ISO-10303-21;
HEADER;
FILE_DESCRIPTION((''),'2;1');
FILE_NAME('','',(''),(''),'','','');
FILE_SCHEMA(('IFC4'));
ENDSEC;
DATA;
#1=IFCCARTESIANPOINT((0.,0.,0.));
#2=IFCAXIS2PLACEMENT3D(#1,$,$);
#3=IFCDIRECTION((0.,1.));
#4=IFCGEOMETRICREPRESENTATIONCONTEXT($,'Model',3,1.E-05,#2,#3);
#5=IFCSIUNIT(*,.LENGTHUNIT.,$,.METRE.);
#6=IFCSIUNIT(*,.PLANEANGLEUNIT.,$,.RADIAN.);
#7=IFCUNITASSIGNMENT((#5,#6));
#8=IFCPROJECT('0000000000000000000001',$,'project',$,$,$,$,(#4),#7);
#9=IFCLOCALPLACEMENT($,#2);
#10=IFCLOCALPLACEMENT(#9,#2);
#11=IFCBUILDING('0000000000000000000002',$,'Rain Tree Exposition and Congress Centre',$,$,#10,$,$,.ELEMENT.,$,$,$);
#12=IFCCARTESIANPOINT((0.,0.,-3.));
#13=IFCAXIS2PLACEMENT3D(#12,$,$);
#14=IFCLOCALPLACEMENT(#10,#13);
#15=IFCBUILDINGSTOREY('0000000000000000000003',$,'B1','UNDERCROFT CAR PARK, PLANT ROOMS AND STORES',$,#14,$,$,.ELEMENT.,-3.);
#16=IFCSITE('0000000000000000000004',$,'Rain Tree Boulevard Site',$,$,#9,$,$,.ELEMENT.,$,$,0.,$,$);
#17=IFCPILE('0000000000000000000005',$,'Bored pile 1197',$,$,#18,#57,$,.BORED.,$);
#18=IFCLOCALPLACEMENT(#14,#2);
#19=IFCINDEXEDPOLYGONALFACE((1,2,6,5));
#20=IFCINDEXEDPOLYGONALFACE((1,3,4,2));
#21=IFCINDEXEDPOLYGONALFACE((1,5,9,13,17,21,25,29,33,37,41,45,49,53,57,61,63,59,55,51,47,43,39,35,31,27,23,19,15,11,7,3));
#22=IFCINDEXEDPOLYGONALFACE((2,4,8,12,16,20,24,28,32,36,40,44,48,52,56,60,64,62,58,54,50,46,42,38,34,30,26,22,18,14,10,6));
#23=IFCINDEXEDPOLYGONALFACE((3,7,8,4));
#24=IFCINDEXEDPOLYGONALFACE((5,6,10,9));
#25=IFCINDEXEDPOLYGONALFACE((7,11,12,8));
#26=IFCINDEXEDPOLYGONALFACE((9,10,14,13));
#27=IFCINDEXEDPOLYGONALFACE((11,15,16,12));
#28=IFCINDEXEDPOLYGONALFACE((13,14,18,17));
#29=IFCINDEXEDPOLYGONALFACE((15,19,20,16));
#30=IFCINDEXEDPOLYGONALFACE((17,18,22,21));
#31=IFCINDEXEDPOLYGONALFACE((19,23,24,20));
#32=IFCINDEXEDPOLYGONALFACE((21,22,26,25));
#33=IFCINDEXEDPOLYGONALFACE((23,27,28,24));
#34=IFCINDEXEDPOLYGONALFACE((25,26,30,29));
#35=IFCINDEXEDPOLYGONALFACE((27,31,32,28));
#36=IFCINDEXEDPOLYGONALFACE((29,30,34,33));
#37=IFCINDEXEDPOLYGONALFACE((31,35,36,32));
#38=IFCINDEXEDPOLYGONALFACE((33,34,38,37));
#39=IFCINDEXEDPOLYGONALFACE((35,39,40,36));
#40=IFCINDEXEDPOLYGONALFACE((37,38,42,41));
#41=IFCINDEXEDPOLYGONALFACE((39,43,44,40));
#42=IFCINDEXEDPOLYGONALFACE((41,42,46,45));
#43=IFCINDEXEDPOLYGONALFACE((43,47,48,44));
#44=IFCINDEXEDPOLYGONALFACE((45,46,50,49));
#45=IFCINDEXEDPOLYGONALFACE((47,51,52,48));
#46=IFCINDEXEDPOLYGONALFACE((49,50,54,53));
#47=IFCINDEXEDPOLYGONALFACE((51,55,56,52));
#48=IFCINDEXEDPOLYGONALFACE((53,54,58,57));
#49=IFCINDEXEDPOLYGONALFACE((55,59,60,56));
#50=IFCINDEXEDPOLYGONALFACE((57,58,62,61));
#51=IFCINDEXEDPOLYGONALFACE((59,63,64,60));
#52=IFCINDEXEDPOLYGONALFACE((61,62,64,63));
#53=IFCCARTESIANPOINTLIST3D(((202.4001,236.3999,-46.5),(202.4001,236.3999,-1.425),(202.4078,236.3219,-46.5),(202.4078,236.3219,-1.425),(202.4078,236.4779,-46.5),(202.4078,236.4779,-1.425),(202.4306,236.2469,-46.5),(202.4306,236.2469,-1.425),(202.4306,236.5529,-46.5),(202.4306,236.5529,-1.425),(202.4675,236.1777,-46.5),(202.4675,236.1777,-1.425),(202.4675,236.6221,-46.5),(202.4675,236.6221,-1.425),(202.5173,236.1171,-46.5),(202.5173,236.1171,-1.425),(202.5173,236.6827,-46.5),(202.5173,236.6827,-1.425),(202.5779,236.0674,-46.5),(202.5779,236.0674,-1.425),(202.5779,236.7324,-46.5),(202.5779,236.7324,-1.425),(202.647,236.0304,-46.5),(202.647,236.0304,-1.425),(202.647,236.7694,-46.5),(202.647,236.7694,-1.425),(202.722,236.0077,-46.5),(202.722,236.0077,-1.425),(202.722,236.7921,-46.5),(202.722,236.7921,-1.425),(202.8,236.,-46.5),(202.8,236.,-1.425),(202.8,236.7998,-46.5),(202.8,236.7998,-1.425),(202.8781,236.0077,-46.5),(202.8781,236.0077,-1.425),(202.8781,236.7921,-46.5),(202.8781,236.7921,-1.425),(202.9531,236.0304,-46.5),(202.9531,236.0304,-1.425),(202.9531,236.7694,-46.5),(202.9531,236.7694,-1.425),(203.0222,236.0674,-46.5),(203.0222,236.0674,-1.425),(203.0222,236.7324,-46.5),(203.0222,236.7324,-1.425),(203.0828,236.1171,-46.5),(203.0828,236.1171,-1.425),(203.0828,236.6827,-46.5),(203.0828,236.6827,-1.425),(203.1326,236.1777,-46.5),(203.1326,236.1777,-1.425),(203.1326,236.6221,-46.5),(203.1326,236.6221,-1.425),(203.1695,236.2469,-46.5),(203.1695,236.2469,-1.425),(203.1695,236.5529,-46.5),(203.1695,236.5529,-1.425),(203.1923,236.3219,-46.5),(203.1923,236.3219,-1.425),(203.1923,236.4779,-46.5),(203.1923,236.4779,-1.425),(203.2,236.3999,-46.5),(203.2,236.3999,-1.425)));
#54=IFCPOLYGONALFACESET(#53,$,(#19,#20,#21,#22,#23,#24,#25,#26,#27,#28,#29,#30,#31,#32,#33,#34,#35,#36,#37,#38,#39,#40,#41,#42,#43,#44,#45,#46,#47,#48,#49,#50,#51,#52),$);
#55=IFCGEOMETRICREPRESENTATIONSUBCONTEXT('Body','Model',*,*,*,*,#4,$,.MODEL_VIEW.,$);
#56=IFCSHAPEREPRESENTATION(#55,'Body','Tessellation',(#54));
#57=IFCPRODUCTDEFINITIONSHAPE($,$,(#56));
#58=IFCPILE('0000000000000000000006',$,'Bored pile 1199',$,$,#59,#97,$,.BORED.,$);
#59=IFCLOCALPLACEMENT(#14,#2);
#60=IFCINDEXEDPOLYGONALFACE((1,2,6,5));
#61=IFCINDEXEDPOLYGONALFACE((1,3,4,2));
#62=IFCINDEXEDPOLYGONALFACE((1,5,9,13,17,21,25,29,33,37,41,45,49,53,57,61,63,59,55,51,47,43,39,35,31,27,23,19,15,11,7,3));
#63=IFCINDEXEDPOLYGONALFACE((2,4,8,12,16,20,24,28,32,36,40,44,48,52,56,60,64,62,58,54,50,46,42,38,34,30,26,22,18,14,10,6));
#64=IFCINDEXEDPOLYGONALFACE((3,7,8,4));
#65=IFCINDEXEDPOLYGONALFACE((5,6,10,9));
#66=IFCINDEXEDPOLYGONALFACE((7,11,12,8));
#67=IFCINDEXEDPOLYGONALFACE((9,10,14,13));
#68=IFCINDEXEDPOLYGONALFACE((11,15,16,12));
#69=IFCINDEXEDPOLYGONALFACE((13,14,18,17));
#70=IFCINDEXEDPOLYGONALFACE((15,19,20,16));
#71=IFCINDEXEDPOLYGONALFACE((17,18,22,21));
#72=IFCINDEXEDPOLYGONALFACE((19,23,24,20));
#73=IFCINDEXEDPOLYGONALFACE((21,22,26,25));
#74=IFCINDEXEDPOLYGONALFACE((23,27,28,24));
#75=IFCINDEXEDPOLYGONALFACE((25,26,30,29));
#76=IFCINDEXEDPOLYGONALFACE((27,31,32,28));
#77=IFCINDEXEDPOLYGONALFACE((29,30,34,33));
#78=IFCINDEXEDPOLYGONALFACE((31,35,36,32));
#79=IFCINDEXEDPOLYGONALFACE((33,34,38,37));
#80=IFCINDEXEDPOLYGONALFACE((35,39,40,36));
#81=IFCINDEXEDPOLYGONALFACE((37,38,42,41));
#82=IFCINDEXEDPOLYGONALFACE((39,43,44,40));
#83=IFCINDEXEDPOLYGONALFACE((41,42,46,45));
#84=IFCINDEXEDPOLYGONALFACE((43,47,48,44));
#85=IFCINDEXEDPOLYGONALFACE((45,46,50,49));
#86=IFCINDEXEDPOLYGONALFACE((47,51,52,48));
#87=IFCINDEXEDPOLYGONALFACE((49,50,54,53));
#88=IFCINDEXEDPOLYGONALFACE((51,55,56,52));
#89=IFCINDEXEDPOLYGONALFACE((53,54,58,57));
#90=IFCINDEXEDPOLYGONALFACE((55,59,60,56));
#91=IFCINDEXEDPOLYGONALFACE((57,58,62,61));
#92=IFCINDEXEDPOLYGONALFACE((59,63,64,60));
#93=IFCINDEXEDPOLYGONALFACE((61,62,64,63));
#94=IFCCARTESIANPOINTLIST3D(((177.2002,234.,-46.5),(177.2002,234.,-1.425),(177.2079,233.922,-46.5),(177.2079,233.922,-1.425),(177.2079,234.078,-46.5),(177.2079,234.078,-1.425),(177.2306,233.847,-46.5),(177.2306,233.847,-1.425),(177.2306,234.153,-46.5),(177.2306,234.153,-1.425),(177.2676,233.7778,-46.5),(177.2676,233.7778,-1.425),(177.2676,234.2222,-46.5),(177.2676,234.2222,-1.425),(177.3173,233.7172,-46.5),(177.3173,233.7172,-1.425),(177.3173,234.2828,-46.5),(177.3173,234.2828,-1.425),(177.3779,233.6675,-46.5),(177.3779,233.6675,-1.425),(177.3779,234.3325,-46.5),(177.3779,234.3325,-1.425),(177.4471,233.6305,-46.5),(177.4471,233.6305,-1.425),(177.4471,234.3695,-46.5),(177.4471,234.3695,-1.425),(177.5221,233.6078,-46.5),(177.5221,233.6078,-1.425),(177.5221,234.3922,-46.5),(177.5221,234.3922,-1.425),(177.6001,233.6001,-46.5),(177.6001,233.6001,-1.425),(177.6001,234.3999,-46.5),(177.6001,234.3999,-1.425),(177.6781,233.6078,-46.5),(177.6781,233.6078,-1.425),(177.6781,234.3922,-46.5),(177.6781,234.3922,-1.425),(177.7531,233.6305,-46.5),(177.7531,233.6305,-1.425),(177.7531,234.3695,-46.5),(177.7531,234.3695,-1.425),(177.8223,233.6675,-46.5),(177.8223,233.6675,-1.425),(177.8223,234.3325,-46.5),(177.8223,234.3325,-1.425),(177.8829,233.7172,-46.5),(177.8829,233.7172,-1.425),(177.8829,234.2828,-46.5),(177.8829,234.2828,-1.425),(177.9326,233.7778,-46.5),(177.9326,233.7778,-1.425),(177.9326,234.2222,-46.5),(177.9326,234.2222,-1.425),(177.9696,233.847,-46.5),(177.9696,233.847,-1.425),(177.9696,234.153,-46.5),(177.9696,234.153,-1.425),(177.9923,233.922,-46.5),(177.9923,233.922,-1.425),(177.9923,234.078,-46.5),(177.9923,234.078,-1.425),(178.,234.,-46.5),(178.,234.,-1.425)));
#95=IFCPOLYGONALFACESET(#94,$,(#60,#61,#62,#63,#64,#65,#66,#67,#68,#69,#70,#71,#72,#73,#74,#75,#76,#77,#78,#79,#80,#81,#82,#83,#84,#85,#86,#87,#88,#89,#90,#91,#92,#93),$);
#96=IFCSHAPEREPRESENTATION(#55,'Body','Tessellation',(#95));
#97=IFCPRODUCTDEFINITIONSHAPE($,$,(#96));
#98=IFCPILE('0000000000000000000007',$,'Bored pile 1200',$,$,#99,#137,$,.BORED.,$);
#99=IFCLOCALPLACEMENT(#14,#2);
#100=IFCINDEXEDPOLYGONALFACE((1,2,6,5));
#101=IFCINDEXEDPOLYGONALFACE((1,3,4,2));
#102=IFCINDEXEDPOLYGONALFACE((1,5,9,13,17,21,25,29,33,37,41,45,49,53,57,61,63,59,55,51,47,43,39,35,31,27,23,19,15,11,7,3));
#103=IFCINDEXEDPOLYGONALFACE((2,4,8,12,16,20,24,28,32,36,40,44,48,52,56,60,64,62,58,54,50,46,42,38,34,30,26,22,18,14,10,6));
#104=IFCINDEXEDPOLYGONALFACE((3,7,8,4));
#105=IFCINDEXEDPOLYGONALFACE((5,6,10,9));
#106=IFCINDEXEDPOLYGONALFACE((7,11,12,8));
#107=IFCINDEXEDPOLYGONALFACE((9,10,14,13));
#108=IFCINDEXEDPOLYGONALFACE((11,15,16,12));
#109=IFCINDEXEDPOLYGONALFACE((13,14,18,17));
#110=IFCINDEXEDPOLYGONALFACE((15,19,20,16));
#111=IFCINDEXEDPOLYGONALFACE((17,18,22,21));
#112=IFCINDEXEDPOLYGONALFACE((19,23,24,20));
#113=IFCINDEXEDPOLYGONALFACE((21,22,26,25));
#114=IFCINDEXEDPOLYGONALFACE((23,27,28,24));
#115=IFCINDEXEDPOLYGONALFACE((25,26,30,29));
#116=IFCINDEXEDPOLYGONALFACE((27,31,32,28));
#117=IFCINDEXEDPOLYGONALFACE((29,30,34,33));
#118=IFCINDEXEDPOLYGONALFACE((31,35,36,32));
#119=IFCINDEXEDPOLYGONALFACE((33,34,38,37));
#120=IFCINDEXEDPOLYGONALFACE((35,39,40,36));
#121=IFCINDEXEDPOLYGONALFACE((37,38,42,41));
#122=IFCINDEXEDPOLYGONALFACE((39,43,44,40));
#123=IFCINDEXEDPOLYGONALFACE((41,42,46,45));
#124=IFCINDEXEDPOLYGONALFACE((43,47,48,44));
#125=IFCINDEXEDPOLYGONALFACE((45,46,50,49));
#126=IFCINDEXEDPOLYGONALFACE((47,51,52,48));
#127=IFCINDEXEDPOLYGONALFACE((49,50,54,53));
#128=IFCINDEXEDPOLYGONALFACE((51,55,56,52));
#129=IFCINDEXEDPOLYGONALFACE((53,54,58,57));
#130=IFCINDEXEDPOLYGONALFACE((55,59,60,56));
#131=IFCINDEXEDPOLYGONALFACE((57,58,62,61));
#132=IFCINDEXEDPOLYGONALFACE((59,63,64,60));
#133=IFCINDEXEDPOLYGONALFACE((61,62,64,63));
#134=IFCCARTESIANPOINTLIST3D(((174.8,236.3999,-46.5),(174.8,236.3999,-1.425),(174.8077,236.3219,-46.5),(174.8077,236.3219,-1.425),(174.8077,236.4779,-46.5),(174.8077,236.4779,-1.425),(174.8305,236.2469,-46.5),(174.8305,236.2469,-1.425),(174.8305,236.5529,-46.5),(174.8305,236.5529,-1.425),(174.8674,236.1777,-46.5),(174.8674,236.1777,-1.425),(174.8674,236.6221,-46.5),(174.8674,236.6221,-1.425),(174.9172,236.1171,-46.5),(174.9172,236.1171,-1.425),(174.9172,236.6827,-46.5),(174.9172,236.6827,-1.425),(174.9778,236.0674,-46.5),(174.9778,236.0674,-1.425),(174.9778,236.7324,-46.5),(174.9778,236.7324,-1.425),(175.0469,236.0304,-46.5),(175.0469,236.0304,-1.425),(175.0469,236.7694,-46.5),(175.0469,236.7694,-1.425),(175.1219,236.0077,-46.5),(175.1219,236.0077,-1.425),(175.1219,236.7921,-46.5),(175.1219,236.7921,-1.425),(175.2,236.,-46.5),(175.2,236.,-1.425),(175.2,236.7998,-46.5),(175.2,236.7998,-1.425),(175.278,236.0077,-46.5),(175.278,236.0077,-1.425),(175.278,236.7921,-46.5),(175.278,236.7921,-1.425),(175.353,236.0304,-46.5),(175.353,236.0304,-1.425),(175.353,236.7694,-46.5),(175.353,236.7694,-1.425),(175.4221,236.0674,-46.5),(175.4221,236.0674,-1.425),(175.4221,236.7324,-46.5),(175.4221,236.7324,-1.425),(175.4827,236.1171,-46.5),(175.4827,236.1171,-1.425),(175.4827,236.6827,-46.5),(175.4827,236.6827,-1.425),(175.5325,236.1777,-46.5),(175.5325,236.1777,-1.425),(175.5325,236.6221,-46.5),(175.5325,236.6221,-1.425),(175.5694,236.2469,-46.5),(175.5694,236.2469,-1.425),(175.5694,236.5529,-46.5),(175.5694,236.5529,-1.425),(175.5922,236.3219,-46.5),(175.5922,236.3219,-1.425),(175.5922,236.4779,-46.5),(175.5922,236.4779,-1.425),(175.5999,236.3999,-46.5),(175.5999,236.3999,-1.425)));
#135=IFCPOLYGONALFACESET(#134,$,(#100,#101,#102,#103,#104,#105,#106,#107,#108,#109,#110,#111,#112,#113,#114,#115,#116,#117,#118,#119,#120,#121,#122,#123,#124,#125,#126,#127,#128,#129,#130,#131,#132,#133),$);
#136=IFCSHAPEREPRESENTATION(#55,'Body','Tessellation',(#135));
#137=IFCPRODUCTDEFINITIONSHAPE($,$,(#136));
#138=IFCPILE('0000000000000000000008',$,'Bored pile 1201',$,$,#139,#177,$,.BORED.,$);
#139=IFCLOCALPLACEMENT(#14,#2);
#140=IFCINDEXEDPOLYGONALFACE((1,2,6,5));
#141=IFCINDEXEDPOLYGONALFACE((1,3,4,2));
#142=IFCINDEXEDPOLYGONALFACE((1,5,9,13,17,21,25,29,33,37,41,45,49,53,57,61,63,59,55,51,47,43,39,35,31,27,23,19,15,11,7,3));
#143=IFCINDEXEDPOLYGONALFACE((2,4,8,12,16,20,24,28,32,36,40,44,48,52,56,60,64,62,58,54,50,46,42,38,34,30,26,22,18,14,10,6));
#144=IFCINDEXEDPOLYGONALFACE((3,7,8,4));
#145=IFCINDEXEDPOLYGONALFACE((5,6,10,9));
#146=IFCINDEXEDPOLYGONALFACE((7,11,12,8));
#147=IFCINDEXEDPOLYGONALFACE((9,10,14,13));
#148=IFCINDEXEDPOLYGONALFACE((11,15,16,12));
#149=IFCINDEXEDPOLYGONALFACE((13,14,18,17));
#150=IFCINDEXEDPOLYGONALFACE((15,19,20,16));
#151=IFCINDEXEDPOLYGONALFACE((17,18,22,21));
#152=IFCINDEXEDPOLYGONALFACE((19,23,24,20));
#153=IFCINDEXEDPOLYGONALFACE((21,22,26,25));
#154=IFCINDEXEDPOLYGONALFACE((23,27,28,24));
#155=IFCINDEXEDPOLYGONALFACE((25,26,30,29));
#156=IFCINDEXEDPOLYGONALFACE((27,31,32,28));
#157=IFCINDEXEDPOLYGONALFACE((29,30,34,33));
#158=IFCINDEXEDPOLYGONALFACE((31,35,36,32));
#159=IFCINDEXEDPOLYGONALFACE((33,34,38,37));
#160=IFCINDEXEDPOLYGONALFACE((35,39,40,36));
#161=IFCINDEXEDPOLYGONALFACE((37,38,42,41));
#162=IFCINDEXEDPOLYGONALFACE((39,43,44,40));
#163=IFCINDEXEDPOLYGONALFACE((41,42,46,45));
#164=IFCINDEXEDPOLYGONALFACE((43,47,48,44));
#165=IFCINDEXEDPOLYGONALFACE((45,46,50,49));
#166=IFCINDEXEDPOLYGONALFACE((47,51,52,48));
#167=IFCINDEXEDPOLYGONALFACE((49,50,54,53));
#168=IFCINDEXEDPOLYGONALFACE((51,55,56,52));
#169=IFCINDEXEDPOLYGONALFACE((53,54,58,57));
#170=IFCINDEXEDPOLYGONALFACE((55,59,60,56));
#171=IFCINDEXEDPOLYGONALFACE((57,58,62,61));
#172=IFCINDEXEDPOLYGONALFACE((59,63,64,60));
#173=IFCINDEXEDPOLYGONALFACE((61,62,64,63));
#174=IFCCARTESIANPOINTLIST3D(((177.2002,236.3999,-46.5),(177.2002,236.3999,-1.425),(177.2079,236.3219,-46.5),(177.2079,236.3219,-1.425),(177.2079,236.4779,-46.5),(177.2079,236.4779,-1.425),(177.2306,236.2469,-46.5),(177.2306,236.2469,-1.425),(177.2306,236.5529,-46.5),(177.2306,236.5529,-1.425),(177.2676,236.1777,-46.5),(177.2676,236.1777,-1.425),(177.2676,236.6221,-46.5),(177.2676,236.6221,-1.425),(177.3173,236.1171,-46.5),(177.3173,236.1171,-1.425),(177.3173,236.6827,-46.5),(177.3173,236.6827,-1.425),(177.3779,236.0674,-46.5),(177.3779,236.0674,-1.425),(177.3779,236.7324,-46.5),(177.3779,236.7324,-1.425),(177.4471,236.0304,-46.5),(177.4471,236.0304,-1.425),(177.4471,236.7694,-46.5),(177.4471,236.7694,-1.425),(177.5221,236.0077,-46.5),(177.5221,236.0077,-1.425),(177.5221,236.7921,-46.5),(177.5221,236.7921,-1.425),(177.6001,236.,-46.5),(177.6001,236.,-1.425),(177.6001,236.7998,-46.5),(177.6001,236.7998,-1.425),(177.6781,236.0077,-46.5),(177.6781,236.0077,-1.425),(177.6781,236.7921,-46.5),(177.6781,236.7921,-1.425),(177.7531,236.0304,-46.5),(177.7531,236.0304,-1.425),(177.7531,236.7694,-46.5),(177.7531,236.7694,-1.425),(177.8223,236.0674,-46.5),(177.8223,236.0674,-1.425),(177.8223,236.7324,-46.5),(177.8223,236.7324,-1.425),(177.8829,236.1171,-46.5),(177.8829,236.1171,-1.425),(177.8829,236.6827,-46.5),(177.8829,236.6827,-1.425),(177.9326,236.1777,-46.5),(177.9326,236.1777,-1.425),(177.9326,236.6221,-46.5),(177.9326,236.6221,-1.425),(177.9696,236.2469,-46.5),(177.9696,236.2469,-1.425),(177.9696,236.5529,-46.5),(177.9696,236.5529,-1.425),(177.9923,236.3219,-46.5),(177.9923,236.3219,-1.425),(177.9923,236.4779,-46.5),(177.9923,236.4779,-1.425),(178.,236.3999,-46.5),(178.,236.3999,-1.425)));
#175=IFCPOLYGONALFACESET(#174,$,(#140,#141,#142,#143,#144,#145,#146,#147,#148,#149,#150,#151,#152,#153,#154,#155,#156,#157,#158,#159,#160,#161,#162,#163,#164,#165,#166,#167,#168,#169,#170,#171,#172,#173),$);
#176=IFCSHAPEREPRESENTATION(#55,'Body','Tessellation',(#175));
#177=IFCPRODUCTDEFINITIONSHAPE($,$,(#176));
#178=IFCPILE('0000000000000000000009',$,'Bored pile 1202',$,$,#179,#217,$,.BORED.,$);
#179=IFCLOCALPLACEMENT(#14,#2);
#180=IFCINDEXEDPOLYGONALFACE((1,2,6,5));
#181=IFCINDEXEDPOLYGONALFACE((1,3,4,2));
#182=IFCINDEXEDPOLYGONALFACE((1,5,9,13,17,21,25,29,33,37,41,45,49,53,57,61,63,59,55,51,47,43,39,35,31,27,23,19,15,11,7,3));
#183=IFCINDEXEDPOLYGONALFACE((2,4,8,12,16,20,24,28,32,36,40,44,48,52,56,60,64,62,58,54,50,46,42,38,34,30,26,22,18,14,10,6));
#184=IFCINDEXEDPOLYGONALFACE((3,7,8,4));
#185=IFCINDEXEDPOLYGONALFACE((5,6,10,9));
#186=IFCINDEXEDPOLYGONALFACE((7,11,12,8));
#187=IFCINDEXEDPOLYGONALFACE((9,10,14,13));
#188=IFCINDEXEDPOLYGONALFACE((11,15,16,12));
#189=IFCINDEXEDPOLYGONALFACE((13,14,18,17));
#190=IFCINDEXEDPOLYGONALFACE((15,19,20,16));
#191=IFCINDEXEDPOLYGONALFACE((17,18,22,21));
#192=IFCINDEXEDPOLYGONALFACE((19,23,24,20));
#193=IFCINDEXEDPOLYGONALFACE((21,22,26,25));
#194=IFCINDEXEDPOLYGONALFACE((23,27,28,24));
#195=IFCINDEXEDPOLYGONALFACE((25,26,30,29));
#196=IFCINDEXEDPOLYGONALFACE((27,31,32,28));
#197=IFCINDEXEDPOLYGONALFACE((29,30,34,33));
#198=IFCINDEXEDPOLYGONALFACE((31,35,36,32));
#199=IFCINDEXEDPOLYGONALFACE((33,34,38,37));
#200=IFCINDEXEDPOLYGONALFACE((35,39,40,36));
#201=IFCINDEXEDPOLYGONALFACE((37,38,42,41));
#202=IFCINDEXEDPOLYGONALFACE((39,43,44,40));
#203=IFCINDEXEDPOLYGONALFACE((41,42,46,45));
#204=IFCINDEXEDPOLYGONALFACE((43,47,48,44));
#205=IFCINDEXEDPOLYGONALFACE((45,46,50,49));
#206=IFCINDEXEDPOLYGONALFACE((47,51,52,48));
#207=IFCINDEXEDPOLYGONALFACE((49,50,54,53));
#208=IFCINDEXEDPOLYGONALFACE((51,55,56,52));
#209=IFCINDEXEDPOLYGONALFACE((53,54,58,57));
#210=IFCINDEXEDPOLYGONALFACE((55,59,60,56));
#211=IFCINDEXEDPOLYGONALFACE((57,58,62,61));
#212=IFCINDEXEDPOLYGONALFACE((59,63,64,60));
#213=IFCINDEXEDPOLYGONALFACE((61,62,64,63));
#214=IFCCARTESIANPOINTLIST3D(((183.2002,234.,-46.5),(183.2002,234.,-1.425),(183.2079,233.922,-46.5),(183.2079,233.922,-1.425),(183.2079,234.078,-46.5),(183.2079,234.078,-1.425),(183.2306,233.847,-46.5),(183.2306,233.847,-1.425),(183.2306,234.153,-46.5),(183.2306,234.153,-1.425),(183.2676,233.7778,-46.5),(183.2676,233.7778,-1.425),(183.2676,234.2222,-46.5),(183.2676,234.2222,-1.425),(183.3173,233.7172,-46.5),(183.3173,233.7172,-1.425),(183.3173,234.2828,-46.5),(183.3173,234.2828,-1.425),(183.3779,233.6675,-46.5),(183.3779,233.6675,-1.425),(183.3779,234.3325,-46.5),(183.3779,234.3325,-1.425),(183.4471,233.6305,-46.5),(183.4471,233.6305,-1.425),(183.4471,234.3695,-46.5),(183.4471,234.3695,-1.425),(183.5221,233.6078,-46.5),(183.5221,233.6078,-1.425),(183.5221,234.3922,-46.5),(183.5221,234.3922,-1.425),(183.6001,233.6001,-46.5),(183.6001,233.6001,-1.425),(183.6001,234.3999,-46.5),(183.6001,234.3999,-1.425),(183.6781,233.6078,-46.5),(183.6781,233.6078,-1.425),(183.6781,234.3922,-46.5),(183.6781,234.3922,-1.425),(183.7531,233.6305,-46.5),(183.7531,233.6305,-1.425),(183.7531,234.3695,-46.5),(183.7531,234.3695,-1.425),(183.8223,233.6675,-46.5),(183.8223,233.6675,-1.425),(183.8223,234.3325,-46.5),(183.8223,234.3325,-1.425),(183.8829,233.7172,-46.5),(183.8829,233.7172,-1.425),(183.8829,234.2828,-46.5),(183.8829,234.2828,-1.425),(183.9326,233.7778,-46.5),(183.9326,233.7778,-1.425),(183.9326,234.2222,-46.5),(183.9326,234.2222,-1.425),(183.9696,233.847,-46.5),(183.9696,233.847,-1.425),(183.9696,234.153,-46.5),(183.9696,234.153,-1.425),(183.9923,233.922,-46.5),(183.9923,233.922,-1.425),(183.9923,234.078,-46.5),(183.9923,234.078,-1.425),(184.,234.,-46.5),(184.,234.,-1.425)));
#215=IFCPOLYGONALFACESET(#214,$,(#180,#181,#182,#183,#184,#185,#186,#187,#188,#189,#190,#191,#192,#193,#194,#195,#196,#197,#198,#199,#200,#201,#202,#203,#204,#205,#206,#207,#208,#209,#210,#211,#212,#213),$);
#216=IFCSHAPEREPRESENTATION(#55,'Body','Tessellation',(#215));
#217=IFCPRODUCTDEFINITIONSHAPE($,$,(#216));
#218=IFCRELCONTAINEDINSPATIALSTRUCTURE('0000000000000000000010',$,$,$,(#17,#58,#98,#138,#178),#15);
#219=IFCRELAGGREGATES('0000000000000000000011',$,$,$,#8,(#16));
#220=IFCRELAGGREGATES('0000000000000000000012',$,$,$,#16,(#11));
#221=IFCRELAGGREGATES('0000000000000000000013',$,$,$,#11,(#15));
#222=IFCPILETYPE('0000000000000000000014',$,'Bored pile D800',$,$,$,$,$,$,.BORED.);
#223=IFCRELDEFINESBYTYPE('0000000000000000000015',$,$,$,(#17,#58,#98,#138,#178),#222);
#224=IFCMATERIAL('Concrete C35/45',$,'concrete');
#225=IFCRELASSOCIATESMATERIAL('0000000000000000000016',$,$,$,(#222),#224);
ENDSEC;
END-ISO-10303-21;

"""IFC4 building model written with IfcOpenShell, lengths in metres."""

from ifc_helpers import new_model, si_unit, direction, frame, origin, origin_2d, place, context, subcontext, project, spatial, circle, extrude, material, material_profile, profile_set, type_object, element, save


model = new_model("IFC4")

# Units and contexts
model_context = context("Model", 3, precision=1e-05, world=origin(), true_north=direction((0.0, 1.0)))
body_context = subcontext(model_context, "Body", "Model", "MODEL_VIEW")
ifc_project = project(units=[si_unit("LENGTHUNIT", "METRE"), si_unit("PLANEANGLEUNIT", "RADIAN")], contexts=[model_context])

# Site, building, storey
site_placement = place(None, origin())
site = spatial("IfcSite", under=ifc_project, at=site_placement, Name="Rain Tree Boulevard Site", CompositionType="ELEMENT", RefElevation=0.0)
building_placement = place(site_placement, origin())
building = spatial("IfcBuilding", under=site, at=building_placement, Name="Rain Tree Exposition and Congress Centre", CompositionType="ELEMENT")
storey_placement = place(building_placement, frame((0.0, 0.0, -3.0)))
storey = spatial("IfcBuildingStorey", under=building, at=storey_placement, Name="B1", Description="UNDERCROFT CAR PARK, PLANT ROOMS AND STORES", CompositionType="ELEMENT", Elevation=-3.0)

# Piles
ifc_material_1 = material(Name="Concrete C35/45", Category="concrete")
ifc_material_profile_1 = material_profile(ifc_material_1, circle(Radius=0.3999, at=origin_2d()), Name="D800")
ifc_profile_set_1 = profile_set([ifc_material_profile_1], Name="Concrete C35/45")
pile_type_1 = type_object("IfcPileType", Name="Bored pile D800", PredefinedType="BORED", material=ifc_profile_set_1)
for number, where, z_axis, x_axis, name in (
    (1, (202.8, 236.3999, -1.425), (0.0, 0.0, -1.0), (1.0, 0.0, 0.0), "Bored pile 1197"),
    (2, (177.6001, 234.0, -1.425), (0.0, 0.0, -1.0), (1.0, 0.0, 0.0), "Bored pile 1199"),
    (3, (175.2, 236.3999, -1.425), (0.0, 0.0, -1.0), (1.0, 0.0, 0.0), "Bored pile 1200"),
    (4, (177.6001, 236.3999, -1.425), (0.0, 0.0, -1.0), (1.0, 0.0, 0.0), "Bored pile 1201"),
    (5, (183.6001, 234.0, -1.425), (0.0, 0.0, -1.0), (1.0, 0.0, 0.0), "Bored pile 1202"),
):
    element("IfcPile", number, at=place(storey_placement, frame(where, z_axis=z_axis, x_axis=x_axis)), inside=storey, type_object=pile_type_1, Name=name, PredefinedType="BORED", context=body_context, shape_type="SweptSolid", body=[
        extrude(circle(Radius=0.3999, at=origin_2d()), origin(), (0.0, 0.0, 1.0), 45.075),
    ])

save(model, "model.ifc")
